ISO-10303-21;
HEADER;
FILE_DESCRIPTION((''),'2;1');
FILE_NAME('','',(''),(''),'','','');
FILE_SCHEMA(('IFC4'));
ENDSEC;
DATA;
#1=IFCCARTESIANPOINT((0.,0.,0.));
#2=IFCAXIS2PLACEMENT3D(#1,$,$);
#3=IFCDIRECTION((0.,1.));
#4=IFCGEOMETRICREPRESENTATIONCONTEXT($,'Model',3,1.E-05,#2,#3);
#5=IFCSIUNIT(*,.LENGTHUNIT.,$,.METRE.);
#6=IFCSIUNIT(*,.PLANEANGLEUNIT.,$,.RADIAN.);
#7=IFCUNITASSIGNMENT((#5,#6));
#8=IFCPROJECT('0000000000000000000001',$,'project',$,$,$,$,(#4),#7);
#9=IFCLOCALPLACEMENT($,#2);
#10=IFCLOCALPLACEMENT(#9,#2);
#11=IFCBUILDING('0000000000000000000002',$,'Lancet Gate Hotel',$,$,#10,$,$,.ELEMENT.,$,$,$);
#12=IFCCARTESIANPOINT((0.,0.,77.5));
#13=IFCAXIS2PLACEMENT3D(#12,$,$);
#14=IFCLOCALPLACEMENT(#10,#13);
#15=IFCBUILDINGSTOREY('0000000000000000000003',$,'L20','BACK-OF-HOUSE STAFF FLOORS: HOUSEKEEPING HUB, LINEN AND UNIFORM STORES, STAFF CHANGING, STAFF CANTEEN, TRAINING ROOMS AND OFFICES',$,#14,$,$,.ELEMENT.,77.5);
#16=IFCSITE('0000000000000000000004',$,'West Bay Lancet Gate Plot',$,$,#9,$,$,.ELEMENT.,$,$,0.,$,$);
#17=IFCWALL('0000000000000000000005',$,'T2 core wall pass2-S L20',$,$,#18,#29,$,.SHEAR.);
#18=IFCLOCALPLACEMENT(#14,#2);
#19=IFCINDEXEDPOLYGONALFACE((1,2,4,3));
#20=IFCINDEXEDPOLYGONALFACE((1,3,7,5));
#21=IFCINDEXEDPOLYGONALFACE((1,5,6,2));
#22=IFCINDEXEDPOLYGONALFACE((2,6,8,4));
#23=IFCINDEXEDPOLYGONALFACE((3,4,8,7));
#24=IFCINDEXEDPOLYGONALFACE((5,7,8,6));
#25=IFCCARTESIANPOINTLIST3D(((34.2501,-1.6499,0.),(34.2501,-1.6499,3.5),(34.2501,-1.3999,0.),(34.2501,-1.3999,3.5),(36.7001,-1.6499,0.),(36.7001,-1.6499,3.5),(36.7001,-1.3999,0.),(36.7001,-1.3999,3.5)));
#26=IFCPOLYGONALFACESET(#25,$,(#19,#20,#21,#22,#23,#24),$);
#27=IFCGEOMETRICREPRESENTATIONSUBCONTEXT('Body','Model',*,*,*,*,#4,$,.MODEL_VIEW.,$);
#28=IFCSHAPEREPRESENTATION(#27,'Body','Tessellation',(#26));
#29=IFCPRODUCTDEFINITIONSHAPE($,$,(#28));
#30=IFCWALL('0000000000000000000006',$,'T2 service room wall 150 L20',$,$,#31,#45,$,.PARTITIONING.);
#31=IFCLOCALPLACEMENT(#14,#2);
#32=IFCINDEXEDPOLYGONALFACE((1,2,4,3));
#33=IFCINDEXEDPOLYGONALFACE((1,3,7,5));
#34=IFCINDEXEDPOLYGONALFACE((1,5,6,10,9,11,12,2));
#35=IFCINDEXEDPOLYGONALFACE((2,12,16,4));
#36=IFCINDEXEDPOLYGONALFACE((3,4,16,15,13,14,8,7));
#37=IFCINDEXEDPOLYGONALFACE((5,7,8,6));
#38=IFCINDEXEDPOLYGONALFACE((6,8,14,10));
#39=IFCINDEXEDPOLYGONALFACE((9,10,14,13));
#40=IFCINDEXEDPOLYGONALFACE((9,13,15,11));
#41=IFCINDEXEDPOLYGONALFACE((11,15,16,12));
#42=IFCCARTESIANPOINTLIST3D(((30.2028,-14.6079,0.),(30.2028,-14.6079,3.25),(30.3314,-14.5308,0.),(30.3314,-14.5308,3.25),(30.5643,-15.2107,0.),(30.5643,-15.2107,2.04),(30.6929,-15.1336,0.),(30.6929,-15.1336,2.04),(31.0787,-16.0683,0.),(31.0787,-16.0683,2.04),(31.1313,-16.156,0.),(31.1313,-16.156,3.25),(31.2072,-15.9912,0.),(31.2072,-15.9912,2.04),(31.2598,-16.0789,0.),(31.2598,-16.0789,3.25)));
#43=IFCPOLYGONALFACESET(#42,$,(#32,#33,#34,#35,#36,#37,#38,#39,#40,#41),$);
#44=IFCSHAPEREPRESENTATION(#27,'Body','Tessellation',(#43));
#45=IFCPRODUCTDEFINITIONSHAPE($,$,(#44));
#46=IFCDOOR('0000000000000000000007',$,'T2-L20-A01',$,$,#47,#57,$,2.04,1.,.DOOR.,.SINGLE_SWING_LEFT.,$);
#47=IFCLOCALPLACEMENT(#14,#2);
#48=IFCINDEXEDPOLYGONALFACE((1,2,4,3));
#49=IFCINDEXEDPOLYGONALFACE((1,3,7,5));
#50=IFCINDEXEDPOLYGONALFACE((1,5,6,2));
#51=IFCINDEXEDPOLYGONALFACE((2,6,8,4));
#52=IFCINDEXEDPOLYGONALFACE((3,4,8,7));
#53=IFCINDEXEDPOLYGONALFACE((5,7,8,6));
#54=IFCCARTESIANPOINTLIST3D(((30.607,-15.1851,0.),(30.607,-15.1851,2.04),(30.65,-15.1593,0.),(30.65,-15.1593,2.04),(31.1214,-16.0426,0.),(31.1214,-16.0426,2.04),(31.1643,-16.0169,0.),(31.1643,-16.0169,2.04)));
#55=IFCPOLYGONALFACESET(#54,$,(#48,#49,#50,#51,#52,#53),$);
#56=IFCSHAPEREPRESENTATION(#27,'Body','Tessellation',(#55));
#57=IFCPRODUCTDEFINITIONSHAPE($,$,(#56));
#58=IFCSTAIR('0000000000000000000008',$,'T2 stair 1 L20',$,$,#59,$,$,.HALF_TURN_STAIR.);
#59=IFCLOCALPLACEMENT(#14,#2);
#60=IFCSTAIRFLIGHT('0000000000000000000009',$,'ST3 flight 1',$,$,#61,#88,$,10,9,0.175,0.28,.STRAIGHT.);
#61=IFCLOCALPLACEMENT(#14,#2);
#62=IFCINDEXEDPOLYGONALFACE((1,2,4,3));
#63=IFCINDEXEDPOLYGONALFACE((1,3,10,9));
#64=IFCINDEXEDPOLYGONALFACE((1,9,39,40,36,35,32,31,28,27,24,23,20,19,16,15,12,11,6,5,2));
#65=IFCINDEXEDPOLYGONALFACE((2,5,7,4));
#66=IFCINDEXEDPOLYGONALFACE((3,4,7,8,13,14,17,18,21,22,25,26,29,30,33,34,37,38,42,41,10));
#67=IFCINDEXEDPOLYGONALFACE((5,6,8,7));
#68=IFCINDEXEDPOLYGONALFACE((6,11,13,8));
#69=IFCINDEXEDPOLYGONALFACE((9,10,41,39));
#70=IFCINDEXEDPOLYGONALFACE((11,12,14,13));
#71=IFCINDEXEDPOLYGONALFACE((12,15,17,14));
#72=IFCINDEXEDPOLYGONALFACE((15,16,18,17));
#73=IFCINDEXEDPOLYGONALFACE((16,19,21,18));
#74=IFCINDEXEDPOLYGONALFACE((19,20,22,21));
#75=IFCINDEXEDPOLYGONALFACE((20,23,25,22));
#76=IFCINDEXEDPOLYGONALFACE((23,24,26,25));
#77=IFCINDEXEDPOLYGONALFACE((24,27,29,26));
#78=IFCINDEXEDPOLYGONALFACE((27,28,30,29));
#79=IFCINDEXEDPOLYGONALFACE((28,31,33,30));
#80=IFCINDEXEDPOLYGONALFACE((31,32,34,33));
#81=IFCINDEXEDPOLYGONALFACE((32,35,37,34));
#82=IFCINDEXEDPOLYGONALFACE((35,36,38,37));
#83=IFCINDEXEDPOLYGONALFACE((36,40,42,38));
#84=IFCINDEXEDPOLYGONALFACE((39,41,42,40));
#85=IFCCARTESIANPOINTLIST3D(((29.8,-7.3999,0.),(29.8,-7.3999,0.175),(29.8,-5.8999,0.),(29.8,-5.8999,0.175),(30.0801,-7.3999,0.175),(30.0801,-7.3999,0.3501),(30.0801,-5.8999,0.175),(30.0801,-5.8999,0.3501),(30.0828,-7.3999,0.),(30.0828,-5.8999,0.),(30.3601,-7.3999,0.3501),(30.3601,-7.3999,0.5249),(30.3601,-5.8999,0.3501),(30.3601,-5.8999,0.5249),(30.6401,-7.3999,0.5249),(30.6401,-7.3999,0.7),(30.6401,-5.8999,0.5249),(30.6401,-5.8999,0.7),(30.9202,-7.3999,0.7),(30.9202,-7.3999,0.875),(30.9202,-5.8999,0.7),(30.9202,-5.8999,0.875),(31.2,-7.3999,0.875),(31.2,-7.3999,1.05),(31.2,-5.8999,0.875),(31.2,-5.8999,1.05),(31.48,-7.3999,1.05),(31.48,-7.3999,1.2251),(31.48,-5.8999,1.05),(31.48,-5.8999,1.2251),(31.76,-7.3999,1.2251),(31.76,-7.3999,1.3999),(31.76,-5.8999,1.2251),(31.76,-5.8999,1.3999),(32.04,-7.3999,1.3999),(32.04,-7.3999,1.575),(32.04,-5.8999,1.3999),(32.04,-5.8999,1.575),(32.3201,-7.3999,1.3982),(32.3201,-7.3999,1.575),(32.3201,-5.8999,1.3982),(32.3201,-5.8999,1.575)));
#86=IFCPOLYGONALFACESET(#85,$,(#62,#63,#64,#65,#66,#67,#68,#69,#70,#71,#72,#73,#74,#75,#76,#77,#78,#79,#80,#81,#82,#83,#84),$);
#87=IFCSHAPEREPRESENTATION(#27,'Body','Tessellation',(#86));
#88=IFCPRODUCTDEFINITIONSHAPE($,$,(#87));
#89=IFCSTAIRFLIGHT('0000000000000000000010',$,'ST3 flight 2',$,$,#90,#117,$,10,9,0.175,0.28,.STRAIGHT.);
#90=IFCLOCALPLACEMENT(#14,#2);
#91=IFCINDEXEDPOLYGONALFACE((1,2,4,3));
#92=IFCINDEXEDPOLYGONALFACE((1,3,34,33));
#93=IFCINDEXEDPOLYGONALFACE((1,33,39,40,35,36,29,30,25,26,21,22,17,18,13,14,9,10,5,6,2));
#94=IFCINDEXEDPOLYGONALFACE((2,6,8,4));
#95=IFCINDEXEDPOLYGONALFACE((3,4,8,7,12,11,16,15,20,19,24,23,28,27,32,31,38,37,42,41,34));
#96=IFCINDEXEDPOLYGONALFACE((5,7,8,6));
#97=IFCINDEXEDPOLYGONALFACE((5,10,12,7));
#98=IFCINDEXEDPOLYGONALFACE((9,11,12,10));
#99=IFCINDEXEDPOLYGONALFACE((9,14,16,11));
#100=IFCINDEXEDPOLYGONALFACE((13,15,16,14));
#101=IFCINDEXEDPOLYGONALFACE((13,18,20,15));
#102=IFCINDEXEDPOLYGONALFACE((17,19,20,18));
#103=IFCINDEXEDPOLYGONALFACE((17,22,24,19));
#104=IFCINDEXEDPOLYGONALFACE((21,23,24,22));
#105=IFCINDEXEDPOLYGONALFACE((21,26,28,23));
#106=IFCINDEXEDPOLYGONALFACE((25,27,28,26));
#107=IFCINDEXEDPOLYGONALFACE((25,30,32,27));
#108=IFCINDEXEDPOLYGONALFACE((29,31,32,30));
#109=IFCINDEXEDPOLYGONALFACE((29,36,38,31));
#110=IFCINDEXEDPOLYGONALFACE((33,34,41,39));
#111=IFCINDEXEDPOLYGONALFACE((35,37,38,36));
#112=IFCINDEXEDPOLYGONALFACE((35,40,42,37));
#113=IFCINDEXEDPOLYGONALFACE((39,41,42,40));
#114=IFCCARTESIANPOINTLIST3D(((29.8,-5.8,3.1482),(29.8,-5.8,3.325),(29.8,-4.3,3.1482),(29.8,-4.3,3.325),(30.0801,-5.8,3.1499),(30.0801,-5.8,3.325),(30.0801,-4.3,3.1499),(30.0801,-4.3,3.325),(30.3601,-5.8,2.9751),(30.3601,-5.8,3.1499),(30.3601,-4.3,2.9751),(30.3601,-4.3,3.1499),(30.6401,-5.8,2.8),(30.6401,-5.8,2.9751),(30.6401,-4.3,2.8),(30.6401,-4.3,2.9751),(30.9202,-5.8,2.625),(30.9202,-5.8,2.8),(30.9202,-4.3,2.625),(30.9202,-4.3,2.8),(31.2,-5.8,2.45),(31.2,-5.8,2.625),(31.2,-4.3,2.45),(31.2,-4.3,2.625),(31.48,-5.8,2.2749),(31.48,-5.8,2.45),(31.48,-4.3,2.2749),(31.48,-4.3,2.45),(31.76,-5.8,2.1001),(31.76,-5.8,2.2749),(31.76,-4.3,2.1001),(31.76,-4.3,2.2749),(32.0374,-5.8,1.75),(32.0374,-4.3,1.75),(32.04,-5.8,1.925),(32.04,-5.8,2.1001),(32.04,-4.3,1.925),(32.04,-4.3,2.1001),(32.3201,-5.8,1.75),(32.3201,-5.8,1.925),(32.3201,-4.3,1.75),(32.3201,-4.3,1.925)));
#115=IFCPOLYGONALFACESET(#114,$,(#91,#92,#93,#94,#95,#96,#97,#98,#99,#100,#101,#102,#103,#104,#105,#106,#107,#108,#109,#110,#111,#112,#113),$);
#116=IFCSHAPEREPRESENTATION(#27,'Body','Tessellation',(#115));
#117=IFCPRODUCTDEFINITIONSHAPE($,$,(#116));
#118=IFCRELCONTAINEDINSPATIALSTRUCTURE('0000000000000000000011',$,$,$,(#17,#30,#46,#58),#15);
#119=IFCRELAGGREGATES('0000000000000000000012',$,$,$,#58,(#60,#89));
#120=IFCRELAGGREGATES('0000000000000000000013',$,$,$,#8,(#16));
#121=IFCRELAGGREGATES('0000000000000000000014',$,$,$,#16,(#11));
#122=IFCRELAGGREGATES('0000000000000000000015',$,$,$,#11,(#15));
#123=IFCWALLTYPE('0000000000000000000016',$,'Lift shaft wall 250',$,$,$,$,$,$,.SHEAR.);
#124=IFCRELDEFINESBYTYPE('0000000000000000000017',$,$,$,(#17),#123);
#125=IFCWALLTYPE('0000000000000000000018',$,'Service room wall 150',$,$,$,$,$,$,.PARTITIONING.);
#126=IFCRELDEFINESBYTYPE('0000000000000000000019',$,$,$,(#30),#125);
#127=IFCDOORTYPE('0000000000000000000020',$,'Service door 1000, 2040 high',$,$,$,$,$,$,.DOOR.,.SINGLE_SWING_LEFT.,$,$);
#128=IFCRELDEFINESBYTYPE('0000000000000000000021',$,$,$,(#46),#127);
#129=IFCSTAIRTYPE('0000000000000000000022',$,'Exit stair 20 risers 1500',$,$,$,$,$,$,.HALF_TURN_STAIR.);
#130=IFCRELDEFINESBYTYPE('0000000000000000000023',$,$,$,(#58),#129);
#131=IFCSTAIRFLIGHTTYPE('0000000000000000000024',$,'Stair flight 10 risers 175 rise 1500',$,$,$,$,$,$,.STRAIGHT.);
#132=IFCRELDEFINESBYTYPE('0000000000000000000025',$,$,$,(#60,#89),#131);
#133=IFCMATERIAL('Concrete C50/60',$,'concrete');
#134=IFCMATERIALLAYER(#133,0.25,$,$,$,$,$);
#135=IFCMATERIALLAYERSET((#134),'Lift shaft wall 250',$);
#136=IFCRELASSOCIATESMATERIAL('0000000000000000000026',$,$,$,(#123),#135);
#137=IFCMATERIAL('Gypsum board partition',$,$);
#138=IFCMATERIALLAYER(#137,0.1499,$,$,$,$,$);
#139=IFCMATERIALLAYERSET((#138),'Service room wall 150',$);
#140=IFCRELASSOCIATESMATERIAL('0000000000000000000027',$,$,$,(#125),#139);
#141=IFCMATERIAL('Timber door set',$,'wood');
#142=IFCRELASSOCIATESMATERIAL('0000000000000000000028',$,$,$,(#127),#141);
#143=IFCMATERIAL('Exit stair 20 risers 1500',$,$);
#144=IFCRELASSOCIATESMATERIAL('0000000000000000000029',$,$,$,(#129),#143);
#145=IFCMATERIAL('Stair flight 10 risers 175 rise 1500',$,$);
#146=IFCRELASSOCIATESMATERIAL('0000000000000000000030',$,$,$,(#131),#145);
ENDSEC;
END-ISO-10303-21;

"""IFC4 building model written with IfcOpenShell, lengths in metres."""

from ifc_helpers import new_model, si_unit, direction, frame, frame_2d, origin, place, context, subcontext, project, spatial, polyline, rectangle, outline, extrude, material, layer, layer_set, type_object, element, fill, aggregate, save


model = new_model("IFC4")

# Units and contexts
model_context = context("Model", 3, precision=1e-05, world=origin(), true_north=direction((0.0, 1.0)))
body_context = subcontext(model_context, "Body", "Model", "MODEL_VIEW")
ifc_project = project(units=[si_unit("LENGTHUNIT", "METRE"), si_unit("PLANEANGLEUNIT", "RADIAN")], contexts=[model_context])

# Site, building, storey
site_placement = place(None, origin())
site = spatial("IfcSite", under=ifc_project, at=site_placement, Name="West Bay Lancet Gate Plot", CompositionType="ELEMENT", RefElevation=0.0)
building_placement = place(site_placement, origin())
building = spatial("IfcBuilding", under=site, at=building_placement, Name="Lancet Gate Hotel", CompositionType="ELEMENT")
storey_placement = place(building_placement, frame((0.0, 0.0, 77.5)))
storey = spatial("IfcBuildingStorey", under=building, at=storey_placement, Name="L20", Description="BACK-OF-HOUSE STAFF FLOORS: HOUSEKEEPING HUB, LINEN AND UNIFORM STORES, STAFF CHANGING, STAFF CANTEEN, TRAINING ROOMS AND OFFICES", CompositionType="ELEMENT", Elevation=77.5)

# Shared definitions
ifc_material_1 = material(Name="Concrete C50/60", Category="concrete")
ifc_layer_1 = layer(ifc_material_1, 0.25)
ifc_layer_set_1 = layer_set([ifc_layer_1], Name="Lift shaft wall 250")
wall_type_1 = type_object("IfcWallType", Name="Lift shaft wall 250", PredefinedType="SHEAR", material=ifc_layer_set_1)

# Wall
wall_1_placement = place(storey_placement, frame((34.25, -1.5249, 0.0), z_axis=(0.0, 0.0, 1.0), x_axis=(1.0, 0.0, 0.0)))
element("IfcWall", 1, at=wall_1_placement, inside=storey, type_object=wall_type_1, Name="T2 core wall pass2-S L20", PredefinedType="SHEAR", context=body_context, shape_type="SweptSolid", body=[
    extrude(rectangle(XDim=2.45, YDim=0.25, at=frame_2d((1.2251, 0.0))), origin(), (0.0, 0.0, 1.0), 3.5),
])

# Wall, opening, door
ifc_material_2 = material(Name="Gypsum board partition")
ifc_layer_2 = layer(ifc_material_2, 0.1499)
ifc_layer_set_2 = layer_set([ifc_layer_2], Name="Service room wall 150")
wall_type_2 = type_object("IfcWallType", Name="Service room wall 150", PredefinedType="PARTITIONING", material=ifc_layer_set_2)
wall_2_placement = place(storey_placement, frame((30.2671, -14.5693, 0.0), z_axis=(0.0, 0.0, 1.0), x_axis=(0.514337, -0.857588, 0.0)))
wall_2 = element("IfcWall", 2, at=wall_2_placement, inside=storey, type_object=wall_type_2, Name="T2 service room wall 150 L20", PredefinedType="PARTITIONING", context=body_context, shape_type="SweptSolid", body=[
    extrude(rectangle(XDim=1.8052, YDim=0.1499, at=frame_2d((0.9026, 0.0))), origin(), (0.0, 0.0, 1.0), 3.25),
])
opening_1_placement = place(wall_2_placement, frame((0.7029, 0.0, 0.0)))
opening_1 = element("IfcOpeningElement", 3, at=opening_1_placement, cuts=wall_2, PredefinedType="OPENING", context=body_context, shape_type="SweptSolid", body=[
    extrude(rectangle(XDim=1.0, YDim=2.04, at=frame_2d((0.5, 1.02))), frame((0.0, 0.085, 0.0), z_axis=(0.0, -1.0, 0.0), x_axis=(1.0, 0.0, 0.0)), (0.0, 0.0, 1.0), 0.1699),
])
ifc_material_3 = material(Name="Timber door set", Category="wood")
door_type_1 = type_object("IfcDoorType", Name="Service door 1000, 2040 high", OperationType="SINGLE_SWING_LEFT", PredefinedType="DOOR", material=ifc_material_3)
door_1_placement = place(opening_1_placement, origin())
door_1 = element("IfcDoor", 4, at=door_1_placement, inside=storey, type_object=door_type_1, Name="T2-L20-A01", OperationType="SINGLE_SWING_LEFT", OverallHeight=2.04, OverallWidth=1.0, PredefinedType="DOOR", context=body_context, shape_type="SweptSolid", body=[
    extrude(rectangle(XDim=1.0, YDim=2.04, at=frame_2d((0.5, 1.02))), frame((0.0, 0.0249, 0.0), z_axis=(0.0, -1.0, 0.0), x_axis=(1.0, 0.0, 0.0)), (0.0, 0.0, 1.0), 0.05),
])
fill(opening_1, door_1)

# Stair, stair flights
ifc_material_4 = material(Name="Exit stair 20 risers 1500")
stair_type = type_object("IfcStairType", Name="Exit stair 20 risers 1500", PredefinedType="HALF_TURN_STAIR", material=ifc_material_4)
stair_placement = place(storey_placement, origin())
stair = element("IfcStair", 5, at=stair_placement, inside=storey, type_object=stair_type, Name="T2 stair 1 L20", PredefinedType="HALF_TURN_STAIR")
ifc_material_5 = material(Name="Stair flight 10 risers 175 rise 1500")
stair_flight_type = type_object("IfcStairFlightType", Name="Stair flight 10 risers 175 rise 1500", PredefinedType="STRAIGHT", material=ifc_material_5)
stair_flight_1_placement = place(storey_placement, frame((29.8, -6.6499, 0.0), z_axis=(0.0, 0.0, 1.0), x_axis=(1.0, 0.0, 0.0)))
stair_flight_1 = element("IfcStairFlight", 6, at=stair_flight_1_placement, type_object=stair_flight_type, Name="ST3 flight 1", NumberOfRisers=10, NumberOfTreads=9, PredefinedType="STRAIGHT", RiserHeight=0.175, TreadLength=0.28, context=body_context, shape_type="SweptSolid", body=[
    extrude(outline(polyline([(0.0, 0.0), (0.0, 0.175), (0.28, 0.175), (0.28, 0.3501), (0.5601, 0.3501), (0.5601, 0.5249), (0.8401, 0.5249), (0.8401, 0.7), (1.1201, 0.7), (1.1201, 0.875), (1.3999, 0.875), (1.3999, 1.05), (1.6799, 1.05), (1.6799, 1.2251), (1.96, 1.2251), (1.96, 1.3999), (2.24, 1.3999), (2.24, 1.575), (2.52, 1.575), (2.52, 1.75), (2.52, 1.3982), (0.2827, 0.0), (0.0, 0.0)])), frame((0.0, 0.75, 0.0), z_axis=(0.0, -1.0, 0.0), x_axis=(1.0, 0.0, 0.0)), (0.0, 0.0, 1.0), 1.5),
])
stair_flight_2_placement = place(storey_placement, frame((32.3201, -5.05, 1.75), z_axis=(0.0, 0.0, 1.0), x_axis=(-1.0, 0.0, 0.0)))
stair_flight_2 = element("IfcStairFlight", 7, at=stair_flight_2_placement, type_object=stair_flight_type, Name="ST3 flight 2", NumberOfRisers=10, NumberOfTreads=9, PredefinedType="STRAIGHT", RiserHeight=0.175, TreadLength=0.28, context=body_context, shape_type="SweptSolid", body=[
    extrude(outline(polyline([(0.0, 0.0), (0.0, 0.175), (0.28, 0.175), (0.28, 0.3501), (0.5601, 0.3501), (0.5601, 0.5249), (0.8401, 0.5249), (0.8401, 0.7), (1.1201, 0.7), (1.1201, 0.875), (1.3999, 0.875), (1.3999, 1.05), (1.6799, 1.05), (1.6799, 1.2251), (1.96, 1.2251), (1.96, 1.3999), (2.24, 1.3999), (2.24, 1.575), (2.52, 1.575), (2.52, 1.75), (2.52, 1.3982), (0.2827, 0.0), (0.0, 0.0)])), frame((0.0, 0.75, 0.0), z_axis=(0.0, -1.0, 0.0), x_axis=(1.0, 0.0, 0.0)), (0.0, 0.0, 1.0), 1.5),
])
aggregate(stair, [stair_flight_1, stair_flight_2])

save(model, "model.ifc")
